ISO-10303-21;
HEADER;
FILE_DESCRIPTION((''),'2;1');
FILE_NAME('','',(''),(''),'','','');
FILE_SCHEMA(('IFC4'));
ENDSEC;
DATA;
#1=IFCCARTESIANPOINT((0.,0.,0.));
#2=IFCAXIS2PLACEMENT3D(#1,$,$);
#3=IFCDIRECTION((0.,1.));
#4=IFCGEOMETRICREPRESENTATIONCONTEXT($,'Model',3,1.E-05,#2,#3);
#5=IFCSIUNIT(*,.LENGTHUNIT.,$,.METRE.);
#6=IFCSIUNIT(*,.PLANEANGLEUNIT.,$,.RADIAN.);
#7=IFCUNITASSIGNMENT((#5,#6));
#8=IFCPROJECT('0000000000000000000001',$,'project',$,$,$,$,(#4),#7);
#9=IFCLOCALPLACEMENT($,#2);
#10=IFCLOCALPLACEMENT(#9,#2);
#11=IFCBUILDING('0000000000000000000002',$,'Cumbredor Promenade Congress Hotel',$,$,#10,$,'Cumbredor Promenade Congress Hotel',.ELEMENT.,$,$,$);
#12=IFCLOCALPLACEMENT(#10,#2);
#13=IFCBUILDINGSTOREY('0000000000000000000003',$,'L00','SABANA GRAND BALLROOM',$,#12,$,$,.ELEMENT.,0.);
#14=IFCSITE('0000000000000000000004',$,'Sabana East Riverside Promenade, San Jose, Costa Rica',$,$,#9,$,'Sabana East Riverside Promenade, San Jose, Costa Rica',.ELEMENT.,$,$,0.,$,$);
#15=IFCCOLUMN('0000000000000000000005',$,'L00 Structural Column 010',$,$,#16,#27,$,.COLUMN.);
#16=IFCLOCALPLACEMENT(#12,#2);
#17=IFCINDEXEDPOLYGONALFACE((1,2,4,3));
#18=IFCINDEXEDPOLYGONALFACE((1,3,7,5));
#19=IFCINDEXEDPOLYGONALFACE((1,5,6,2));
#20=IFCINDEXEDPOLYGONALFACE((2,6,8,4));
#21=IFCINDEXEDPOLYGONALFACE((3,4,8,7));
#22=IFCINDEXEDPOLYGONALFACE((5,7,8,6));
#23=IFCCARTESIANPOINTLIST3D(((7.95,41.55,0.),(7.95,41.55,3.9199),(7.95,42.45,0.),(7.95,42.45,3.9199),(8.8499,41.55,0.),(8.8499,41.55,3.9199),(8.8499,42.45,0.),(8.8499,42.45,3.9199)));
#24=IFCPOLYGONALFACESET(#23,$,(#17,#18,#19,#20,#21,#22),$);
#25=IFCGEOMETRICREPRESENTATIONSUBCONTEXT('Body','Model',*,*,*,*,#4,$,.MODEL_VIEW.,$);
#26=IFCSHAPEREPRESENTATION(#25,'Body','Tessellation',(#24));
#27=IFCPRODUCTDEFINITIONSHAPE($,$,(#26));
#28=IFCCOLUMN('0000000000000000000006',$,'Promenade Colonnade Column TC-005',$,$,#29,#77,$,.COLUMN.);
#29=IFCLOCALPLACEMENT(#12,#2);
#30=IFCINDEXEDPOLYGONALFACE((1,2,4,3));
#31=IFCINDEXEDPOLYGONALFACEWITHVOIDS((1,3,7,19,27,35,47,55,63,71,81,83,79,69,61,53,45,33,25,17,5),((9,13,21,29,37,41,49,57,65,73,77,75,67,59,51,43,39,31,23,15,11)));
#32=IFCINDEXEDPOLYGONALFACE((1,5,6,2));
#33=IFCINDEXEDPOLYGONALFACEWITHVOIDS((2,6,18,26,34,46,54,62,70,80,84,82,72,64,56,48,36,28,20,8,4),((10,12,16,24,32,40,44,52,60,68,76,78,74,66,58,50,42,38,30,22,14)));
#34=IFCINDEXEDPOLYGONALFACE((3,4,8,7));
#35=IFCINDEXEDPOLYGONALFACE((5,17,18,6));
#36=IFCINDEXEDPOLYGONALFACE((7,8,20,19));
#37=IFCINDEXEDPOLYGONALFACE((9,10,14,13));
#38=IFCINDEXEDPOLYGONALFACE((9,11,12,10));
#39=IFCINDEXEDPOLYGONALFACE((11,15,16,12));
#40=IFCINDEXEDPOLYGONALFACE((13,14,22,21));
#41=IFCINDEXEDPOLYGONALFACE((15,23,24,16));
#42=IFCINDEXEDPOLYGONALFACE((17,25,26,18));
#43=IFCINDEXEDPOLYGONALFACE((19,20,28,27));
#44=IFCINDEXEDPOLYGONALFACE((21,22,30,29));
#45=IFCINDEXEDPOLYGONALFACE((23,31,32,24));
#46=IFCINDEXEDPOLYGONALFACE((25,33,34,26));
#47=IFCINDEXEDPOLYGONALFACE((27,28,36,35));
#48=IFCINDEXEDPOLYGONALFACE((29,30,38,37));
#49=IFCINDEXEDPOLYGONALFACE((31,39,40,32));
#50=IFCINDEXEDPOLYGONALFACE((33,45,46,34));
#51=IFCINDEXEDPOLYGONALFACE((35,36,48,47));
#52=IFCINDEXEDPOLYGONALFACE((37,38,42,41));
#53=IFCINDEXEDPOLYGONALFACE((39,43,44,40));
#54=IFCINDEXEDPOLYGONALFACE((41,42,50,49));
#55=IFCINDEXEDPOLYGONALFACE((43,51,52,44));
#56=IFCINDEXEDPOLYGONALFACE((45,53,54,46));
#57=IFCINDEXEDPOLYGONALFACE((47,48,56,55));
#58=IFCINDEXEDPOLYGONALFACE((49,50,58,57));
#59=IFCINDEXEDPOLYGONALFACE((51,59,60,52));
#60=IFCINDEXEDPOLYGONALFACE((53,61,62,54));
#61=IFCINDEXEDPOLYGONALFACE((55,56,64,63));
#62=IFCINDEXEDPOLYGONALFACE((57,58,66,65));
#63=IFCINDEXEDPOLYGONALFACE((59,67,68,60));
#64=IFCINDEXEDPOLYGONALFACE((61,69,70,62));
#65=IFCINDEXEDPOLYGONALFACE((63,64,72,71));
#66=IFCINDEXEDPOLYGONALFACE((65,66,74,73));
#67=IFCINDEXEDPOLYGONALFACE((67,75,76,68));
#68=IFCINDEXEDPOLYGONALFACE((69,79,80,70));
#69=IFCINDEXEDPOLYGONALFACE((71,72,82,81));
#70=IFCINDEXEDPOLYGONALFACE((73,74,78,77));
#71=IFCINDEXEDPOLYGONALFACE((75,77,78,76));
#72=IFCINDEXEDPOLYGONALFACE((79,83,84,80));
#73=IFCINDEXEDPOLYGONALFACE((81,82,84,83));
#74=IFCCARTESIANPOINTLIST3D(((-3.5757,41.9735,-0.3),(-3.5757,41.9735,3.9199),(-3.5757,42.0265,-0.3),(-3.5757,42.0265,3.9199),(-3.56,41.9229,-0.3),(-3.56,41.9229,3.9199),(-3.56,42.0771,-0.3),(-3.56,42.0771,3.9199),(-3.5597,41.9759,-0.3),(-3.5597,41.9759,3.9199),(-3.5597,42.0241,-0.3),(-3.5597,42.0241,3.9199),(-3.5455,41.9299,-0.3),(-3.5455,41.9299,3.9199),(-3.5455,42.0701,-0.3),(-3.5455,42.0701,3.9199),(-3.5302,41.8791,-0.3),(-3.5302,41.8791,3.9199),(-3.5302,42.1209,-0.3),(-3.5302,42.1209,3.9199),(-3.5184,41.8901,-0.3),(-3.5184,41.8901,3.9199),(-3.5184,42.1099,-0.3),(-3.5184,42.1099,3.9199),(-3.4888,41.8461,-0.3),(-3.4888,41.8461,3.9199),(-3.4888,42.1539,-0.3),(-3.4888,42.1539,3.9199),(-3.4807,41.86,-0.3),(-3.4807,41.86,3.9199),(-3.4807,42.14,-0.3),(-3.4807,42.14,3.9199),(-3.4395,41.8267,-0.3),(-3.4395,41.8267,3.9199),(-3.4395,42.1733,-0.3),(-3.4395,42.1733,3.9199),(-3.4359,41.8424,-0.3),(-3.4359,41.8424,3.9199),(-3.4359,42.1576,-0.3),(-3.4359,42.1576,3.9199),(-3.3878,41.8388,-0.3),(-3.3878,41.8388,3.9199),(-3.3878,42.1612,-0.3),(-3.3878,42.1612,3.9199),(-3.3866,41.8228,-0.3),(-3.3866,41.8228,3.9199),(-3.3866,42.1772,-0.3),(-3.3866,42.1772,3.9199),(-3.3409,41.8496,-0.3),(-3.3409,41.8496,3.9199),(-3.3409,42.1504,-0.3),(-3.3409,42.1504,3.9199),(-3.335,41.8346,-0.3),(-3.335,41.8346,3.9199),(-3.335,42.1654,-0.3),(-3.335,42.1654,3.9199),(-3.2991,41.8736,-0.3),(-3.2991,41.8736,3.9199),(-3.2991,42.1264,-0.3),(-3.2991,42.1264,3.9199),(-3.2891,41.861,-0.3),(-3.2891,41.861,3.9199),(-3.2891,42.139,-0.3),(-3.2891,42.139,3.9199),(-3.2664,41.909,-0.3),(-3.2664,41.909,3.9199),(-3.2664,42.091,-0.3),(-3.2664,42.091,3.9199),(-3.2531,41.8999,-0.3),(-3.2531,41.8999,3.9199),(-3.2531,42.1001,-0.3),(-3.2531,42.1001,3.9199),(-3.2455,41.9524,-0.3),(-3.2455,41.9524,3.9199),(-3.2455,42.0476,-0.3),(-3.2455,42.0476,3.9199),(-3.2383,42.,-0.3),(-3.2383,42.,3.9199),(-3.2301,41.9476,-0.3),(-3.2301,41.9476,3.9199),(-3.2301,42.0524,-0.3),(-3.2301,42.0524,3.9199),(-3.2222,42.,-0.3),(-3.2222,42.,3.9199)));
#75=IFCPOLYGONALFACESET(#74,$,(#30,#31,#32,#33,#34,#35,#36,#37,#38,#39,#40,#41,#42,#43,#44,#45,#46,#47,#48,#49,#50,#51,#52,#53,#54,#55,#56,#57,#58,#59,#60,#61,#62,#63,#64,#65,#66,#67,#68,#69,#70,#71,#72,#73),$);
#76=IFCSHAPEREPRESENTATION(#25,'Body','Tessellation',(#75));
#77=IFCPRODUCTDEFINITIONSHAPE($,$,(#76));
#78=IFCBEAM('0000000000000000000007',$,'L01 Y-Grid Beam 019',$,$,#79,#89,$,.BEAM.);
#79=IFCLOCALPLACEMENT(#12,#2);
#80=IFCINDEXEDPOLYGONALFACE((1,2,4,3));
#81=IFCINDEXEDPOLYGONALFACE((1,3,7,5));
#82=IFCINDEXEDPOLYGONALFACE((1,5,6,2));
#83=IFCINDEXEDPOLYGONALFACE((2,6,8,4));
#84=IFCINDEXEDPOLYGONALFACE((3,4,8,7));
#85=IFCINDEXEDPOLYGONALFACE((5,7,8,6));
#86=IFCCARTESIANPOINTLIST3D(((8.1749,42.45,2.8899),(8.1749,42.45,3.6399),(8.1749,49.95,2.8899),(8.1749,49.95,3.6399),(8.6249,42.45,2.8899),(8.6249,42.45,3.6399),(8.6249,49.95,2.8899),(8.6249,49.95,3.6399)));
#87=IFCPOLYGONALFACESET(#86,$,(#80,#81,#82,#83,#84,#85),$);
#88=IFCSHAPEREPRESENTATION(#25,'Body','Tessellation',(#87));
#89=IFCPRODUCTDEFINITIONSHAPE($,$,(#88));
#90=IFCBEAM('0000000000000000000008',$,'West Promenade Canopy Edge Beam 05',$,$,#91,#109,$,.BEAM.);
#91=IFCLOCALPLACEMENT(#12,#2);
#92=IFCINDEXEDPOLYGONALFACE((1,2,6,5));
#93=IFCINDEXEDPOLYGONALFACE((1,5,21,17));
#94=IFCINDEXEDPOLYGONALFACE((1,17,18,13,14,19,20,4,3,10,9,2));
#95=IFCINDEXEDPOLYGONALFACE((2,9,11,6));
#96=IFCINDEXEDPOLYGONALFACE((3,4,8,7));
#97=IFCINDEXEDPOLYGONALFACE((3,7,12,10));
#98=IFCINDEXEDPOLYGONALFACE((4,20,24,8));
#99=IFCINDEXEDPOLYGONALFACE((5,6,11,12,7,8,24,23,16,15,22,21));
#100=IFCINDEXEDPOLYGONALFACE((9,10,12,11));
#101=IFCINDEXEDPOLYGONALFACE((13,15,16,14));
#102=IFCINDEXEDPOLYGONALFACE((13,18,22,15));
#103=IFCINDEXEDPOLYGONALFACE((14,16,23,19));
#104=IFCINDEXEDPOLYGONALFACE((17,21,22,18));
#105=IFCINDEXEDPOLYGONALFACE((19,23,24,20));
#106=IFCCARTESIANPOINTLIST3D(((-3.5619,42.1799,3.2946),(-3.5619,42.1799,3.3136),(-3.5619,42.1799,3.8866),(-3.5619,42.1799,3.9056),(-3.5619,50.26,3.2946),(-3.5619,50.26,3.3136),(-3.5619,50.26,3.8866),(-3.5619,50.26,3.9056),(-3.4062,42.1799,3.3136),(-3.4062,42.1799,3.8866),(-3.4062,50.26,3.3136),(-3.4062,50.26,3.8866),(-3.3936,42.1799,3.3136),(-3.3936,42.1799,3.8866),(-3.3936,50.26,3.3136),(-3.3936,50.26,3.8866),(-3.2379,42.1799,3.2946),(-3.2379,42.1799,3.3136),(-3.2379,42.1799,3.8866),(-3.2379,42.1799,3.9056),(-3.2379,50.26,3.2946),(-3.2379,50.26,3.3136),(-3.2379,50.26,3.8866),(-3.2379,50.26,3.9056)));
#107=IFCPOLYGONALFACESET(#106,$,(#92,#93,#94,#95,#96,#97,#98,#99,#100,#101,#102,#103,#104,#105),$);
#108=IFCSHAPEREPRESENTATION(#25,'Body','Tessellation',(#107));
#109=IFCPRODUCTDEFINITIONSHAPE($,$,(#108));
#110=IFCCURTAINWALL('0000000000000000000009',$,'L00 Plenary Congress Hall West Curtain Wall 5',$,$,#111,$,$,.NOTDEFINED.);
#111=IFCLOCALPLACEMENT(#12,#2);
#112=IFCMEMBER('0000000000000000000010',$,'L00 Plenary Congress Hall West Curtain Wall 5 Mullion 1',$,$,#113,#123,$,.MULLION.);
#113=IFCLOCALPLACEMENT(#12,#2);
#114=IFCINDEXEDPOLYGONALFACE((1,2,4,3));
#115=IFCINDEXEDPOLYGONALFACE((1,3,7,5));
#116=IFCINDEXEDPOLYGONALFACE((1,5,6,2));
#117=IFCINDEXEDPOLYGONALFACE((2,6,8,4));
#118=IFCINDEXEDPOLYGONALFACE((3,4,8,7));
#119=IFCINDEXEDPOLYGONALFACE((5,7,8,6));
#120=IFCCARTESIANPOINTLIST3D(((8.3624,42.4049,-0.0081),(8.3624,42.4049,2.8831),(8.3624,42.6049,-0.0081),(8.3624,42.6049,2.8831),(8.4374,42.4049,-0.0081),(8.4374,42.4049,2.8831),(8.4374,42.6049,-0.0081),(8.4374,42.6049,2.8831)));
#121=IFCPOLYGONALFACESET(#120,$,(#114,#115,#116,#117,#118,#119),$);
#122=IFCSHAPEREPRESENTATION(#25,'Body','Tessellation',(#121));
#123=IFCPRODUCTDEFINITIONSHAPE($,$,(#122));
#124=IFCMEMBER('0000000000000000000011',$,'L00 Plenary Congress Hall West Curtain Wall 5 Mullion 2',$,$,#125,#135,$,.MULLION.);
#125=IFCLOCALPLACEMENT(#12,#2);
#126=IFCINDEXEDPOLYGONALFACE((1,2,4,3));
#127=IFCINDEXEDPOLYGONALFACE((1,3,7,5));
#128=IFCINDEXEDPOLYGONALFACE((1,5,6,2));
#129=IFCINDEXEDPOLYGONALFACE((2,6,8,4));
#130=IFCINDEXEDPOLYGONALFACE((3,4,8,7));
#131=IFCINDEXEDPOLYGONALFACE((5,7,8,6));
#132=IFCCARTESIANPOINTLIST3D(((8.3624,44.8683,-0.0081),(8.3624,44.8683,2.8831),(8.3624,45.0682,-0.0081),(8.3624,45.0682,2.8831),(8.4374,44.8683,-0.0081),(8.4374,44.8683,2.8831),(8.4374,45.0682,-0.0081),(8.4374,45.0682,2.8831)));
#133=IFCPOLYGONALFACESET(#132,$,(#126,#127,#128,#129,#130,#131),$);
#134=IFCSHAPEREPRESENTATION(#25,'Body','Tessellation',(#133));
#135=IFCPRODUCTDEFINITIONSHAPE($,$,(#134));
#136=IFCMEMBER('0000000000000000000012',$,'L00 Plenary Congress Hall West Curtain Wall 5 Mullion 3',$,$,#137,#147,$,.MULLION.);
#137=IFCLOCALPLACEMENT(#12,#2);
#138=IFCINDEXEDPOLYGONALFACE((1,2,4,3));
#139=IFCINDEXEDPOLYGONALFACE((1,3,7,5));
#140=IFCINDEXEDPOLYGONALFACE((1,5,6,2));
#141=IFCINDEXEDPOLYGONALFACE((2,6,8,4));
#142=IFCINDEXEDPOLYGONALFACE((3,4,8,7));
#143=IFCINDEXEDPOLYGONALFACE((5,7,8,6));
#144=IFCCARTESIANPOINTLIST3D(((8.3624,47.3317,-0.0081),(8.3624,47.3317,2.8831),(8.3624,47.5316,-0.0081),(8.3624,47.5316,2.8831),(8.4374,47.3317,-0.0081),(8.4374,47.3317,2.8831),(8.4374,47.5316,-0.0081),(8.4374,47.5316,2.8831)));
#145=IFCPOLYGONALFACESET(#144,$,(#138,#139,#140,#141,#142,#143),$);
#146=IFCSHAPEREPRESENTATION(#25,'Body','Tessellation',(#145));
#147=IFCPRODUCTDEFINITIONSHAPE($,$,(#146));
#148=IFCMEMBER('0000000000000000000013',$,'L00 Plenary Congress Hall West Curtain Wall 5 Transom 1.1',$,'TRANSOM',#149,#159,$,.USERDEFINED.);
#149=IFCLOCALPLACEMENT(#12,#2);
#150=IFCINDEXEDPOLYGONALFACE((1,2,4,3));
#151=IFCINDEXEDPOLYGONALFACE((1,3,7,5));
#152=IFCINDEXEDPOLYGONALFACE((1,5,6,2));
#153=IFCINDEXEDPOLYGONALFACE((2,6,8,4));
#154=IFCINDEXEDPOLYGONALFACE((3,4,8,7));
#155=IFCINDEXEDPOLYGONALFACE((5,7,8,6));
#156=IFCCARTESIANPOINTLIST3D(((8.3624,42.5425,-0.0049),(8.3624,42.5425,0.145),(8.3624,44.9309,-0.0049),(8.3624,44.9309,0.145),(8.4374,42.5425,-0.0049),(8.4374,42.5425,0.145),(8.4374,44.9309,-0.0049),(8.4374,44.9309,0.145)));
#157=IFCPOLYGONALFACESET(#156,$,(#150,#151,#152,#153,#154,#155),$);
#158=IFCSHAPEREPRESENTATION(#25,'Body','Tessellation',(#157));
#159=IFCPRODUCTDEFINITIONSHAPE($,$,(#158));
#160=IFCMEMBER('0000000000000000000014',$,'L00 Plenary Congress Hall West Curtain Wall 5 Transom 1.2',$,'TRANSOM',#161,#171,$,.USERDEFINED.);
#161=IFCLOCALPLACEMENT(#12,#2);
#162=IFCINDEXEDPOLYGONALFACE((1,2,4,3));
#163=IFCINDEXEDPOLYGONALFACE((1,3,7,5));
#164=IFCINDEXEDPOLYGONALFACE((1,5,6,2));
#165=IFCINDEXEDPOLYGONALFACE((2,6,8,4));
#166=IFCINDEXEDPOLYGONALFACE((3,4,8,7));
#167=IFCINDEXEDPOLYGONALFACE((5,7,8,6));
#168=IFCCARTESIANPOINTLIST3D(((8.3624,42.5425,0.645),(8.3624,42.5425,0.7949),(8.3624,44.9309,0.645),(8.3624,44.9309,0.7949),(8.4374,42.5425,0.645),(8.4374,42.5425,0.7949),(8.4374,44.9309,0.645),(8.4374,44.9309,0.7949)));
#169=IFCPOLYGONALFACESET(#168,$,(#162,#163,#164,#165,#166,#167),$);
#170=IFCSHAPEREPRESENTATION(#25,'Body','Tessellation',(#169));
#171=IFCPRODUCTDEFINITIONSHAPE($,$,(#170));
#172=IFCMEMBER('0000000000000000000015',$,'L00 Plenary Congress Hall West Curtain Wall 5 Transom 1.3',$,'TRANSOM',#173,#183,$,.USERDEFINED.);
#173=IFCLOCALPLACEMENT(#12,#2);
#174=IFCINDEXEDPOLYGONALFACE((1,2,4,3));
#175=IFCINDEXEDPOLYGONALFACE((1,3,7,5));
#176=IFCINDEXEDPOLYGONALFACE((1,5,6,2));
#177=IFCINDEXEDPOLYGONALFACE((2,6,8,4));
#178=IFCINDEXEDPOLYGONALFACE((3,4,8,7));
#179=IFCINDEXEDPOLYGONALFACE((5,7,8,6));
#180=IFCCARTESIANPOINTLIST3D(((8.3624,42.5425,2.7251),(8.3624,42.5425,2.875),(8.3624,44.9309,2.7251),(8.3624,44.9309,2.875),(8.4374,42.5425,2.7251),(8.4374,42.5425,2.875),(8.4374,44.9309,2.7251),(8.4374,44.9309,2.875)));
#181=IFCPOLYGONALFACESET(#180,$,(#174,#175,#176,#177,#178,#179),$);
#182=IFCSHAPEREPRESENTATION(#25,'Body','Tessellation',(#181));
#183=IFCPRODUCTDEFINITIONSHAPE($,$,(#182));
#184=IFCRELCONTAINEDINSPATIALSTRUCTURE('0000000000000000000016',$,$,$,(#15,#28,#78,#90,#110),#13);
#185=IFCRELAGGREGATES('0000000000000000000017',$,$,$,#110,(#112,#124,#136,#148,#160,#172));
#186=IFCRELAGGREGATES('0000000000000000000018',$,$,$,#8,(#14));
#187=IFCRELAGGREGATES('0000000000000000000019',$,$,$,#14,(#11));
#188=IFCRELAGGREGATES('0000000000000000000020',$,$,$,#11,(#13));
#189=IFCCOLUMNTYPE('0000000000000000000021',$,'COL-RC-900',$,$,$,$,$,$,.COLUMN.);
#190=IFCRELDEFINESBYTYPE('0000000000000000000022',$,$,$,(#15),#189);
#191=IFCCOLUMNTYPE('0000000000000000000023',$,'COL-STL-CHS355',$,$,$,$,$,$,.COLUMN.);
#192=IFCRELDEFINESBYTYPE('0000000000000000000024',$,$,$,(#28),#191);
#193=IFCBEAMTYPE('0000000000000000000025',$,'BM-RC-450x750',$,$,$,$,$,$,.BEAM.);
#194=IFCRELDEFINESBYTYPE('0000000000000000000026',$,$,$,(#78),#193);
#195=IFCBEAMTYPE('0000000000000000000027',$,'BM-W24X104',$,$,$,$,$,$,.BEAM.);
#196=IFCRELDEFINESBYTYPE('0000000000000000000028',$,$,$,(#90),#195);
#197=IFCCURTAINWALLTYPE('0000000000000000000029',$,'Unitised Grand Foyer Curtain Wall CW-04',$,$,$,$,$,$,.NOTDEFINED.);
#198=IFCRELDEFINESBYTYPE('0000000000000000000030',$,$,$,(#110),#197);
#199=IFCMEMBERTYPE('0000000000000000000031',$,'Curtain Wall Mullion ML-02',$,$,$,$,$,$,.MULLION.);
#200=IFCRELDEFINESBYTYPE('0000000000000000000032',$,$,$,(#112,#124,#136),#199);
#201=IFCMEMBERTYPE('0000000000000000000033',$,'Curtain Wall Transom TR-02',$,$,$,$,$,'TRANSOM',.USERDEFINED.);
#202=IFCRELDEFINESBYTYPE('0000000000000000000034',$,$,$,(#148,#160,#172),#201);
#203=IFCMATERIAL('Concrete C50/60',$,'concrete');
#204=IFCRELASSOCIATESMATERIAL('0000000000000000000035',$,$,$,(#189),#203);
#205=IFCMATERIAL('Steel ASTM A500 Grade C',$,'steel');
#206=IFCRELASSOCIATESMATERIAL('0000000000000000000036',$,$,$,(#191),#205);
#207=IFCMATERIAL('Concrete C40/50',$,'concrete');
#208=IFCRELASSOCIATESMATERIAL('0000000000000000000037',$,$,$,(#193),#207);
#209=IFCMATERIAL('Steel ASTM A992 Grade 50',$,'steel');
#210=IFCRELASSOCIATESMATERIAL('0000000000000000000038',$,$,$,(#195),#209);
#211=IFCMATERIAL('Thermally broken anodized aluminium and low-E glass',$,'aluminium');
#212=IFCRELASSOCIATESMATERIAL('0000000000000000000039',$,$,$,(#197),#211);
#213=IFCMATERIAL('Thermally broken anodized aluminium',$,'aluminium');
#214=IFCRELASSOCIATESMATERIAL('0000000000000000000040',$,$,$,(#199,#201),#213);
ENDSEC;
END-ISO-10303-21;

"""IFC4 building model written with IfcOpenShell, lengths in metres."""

from ifc_helpers import new_model, si_unit, direction, frame, origin, origin_2d, place, context, subcontext, project, spatial, rectangle, hollow_circle, i_section, extrude, material, material_profile, profile_set, type_object, element, aggregate, save


model = new_model("IFC4")

# Units and contexts
model_context = context("Model", 3, precision=1e-05, world=origin(), true_north=direction((0.0, 1.0)))
body_context = subcontext(model_context, "Body", "Model", "MODEL_VIEW")
ifc_project = project(units=[si_unit("LENGTHUNIT", "METRE"), si_unit("PLANEANGLEUNIT", "RADIAN")], contexts=[model_context])

# Site, building, storey
site_placement = place(None, origin())
site = spatial("IfcSite", under=ifc_project, at=site_placement, Name="Sabana East Riverside Promenade, San Jose, Costa Rica", LongName="Sabana East Riverside Promenade, San Jose, Costa Rica", CompositionType="ELEMENT", RefElevation=0.0)
building_placement = place(site_placement, origin())
building = spatial("IfcBuilding", under=site, at=building_placement, Name="Cumbredor Promenade Congress Hotel", LongName="Cumbredor Promenade Congress Hotel", CompositionType="ELEMENT")
storey_placement = place(building_placement, origin())
storey = spatial("IfcBuildingStorey", under=building, at=storey_placement, Name="L00", Description="SABANA GRAND BALLROOM", CompositionType="ELEMENT", Elevation=0.0)

# Columns
ifc_material_1 = material(Name="Concrete C50/60", Category="concrete")
ifc_material_profile_1 = material_profile(ifc_material_1, rectangle(XDim=0.8999, YDim=0.8999, at=origin_2d()), Name="RC 900x900")
ifc_profile_set_1 = profile_set([ifc_material_profile_1], Name="Concrete C50/60")
column_type_1 = type_object("IfcColumnType", Name="COL-RC-900", PredefinedType="COLUMN", material=ifc_profile_set_1)
column_1_placement = place(storey_placement, frame((8.3999, 42.0, 0.0), z_axis=(0.0, 0.0, 1.0), x_axis=(1.0, 0.0, 0.0)))
element("IfcColumn", 1, at=column_1_placement, inside=storey, type_object=column_type_1, Name="L00 Structural Column 010", PredefinedType="COLUMN", context=body_context, shape_type="SweptSolid", body=[
    extrude(rectangle(XDim=0.8999, YDim=0.8999, at=origin_2d()), origin(), (0.0, 0.0, 1.0), 3.9199),
])
ifc_material_2 = material(Name="Steel ASTM A500 Grade C", Category="steel")
ifc_material_profile_2 = material_profile(ifc_material_2, hollow_circle(Radius=0.1777, WallThickness=0.0161, at=origin_2d()), Name="CHS 355.6x16")
ifc_profile_set_2 = profile_set([ifc_material_profile_2], Name="Steel ASTM A500 Grade C")
column_type_2 = type_object("IfcColumnType", Name="COL-STL-CHS355", PredefinedType="COLUMN", material=ifc_profile_set_2)
column_2_placement = place(storey_placement, frame((-3.3999, 42.0, -0.3), z_axis=(0.0, 0.0, 1.0), x_axis=(1.0, 0.0, 0.0)))
element("IfcColumn", 2, at=column_2_placement, inside=storey, type_object=column_type_2, Name="Promenade Colonnade Column TC-005", PredefinedType="COLUMN", context=body_context, shape_type="SweptSolid", body=[
    extrude(hollow_circle(Radius=0.1777, WallThickness=0.0161, at=origin_2d()), origin(), (0.0, 0.0, 1.0), 4.22),
])

# Beams
ifc_material_3 = material(Name="Concrete C40/50", Category="concrete")
ifc_material_profile_3 = material_profile(ifc_material_3, rectangle(XDim=0.45, YDim=0.75, at=origin_2d()), Name="RC BEAM 450x750")
ifc_profile_set_3 = profile_set([ifc_material_profile_3], Name="Concrete C40/50")
beam_type_1 = type_object("IfcBeamType", Name="BM-RC-450x750", PredefinedType="BEAM", material=ifc_profile_set_3)
beam_1_placement = place(storey_placement, frame((8.3999, 42.45, 3.2649), z_axis=(0.0, 1.0, 0.0), x_axis=(-1.0, 0.0, 0.0)))
element("IfcBeam", 3, at=beam_1_placement, inside=storey, type_object=beam_type_1, Name="L01 Y-Grid Beam 019", PredefinedType="BEAM", context=body_context, shape_type="SweptSolid", body=[
    extrude(rectangle(XDim=0.45, YDim=0.75, at=origin_2d()), origin(), (0.0, 0.0, 1.0), 7.5),
])
ifc_material_4 = material(Name="Steel ASTM A992 Grade 50", Category="steel")
ifc_material_profile_4 = material_profile(ifc_material_4, i_section(OverallWidth=0.324, OverallDepth=0.6111, WebThickness=0.0127, FlangeThickness=0.019, at=origin_2d()), Name="W24X104")
ifc_profile_set_4 = profile_set([ifc_material_profile_4], Name="Steel ASTM A992 Grade 50")
beam_type_2 = type_object("IfcBeamType", Name="BM-W24X104", PredefinedType="BEAM", material=ifc_profile_set_4)
beam_2_placement = place(storey_placement, frame((-3.3999, 42.1799, 3.6001), z_axis=(0.0, 1.0, 0.0), x_axis=(-1.0, 0.0, 0.0)))
element("IfcBeam", 4, at=beam_2_placement, inside=storey, type_object=beam_type_2, Name="West Promenade Canopy Edge Beam 05", PredefinedType="BEAM", context=body_context, shape_type="SweptSolid", body=[
    extrude(i_section(OverallWidth=0.324, OverallDepth=0.6111, WebThickness=0.0127, FlangeThickness=0.019, at=origin_2d()), origin(), (0.0, 0.0, 1.0), 8.0801),
])

# Curtain wall, members
ifc_material_5 = material(Name="Thermally broken anodized aluminium and low-E glass", Category="aluminium")
curtain_wall_type = type_object("IfcCurtainWallType", Name="Unitised Grand Foyer Curtain Wall CW-04", PredefinedType="NOTDEFINED", material=ifc_material_5)
curtain_wall_placement = place(storey_placement, origin())
curtain_wall = element("IfcCurtainWall", 5, at=curtain_wall_placement, inside=storey, type_object=curtain_wall_type, Name="L00 Plenary Congress Hall West Curtain Wall 5", PredefinedType="NOTDEFINED")
ifc_material_6 = material(Name="Thermally broken anodized aluminium", Category="aluminium")
ifc_material_profile_5 = material_profile(ifc_material_6, rectangle(XDim=0.075, YDim=0.2, at=origin_2d()), Name="ALU MULLION 75x200")
ifc_profile_set_5 = profile_set([ifc_material_profile_5], Name="Thermally broken anodized aluminium")
member_type_1 = type_object("IfcMemberType", Name="Curtain Wall Mullion ML-02", PredefinedType="MULLION", material=ifc_profile_set_5)
member_1_placement = place(storey_placement, frame((8.3999, 42.5049, -0.0081), z_axis=(0.0, 0.0, 1.0), x_axis=(1.0, 0.0, 0.0)))
member_1 = element("IfcMember", 6, at=member_1_placement, type_object=member_type_1, Name="L00 Plenary Congress Hall West Curtain Wall 5 Mullion 1", PredefinedType="MULLION", context=body_context, shape_type="SweptSolid", body=[
    extrude(rectangle(XDim=0.075, YDim=0.2, at=origin_2d()), origin(), (0.0, 0.0, 1.0), 2.8911),
])
member_2_placement = place(storey_placement, frame((8.3999, 44.9683, -0.0081), z_axis=(0.0, 0.0, 1.0), x_axis=(1.0, 0.0, 0.0)))
member_2 = element("IfcMember", 7, at=member_2_placement, type_object=member_type_1, Name="L00 Plenary Congress Hall West Curtain Wall 5 Mullion 2", PredefinedType="MULLION", context=body_context, shape_type="SweptSolid", body=[
    extrude(rectangle(XDim=0.075, YDim=0.2, at=origin_2d()), origin(), (0.0, 0.0, 1.0), 2.8911),
])
member_3_placement = place(storey_placement, frame((8.3999, 47.4316, -0.0081), z_axis=(0.0, 0.0, 1.0), x_axis=(1.0, 0.0, 0.0)))
member_3 = element("IfcMember", 8, at=member_3_placement, type_object=member_type_1, Name="L00 Plenary Congress Hall West Curtain Wall 5 Mullion 3", PredefinedType="MULLION", context=body_context, shape_type="SweptSolid", body=[
    extrude(rectangle(XDim=0.075, YDim=0.2, at=origin_2d()), origin(), (0.0, 0.0, 1.0), 2.8911),
])
ifc_material_profile_6 = material_profile(ifc_material_6, rectangle(XDim=0.075, YDim=0.1499, at=origin_2d()), Name="ALU TRANSOM 75x150")
ifc_profile_set_6 = profile_set([ifc_material_profile_6], Name="Thermally broken anodized aluminium")
member_type_2 = type_object("IfcMemberType", Name="Curtain Wall Transom TR-02", ElementType="TRANSOM", PredefinedType="USERDEFINED", material=ifc_profile_set_6)
member_4_placement = place(storey_placement, frame((8.3999, 42.5425, 0.0701), z_axis=(0.0, 1.0, 0.0), x_axis=(-1.0, 0.0, 0.0)))
member_4 = element("IfcMember", 9, at=member_4_placement, type_object=member_type_2, Name="L00 Plenary Congress Hall West Curtain Wall 5 Transom 1.1", ObjectType="TRANSOM", PredefinedType="USERDEFINED", context=body_context, shape_type="SweptSolid", body=[
    extrude(rectangle(XDim=0.075, YDim=0.1499, at=origin_2d()), origin(), (0.0, 0.0, 1.0), 2.3884),
])
member_5_placement = place(storey_placement, frame((8.3999, 42.5425, 0.72), z_axis=(0.0, 1.0, 0.0), x_axis=(-1.0, 0.0, 0.0)))
member_5 = element("IfcMember", 10, at=member_5_placement, type_object=member_type_2, Name="L00 Plenary Congress Hall West Curtain Wall 5 Transom 1.2", ObjectType="TRANSOM", PredefinedType="USERDEFINED", context=body_context, shape_type="SweptSolid", body=[
    extrude(rectangle(XDim=0.075, YDim=0.1499, at=origin_2d()), origin(), (0.0, 0.0, 1.0), 2.3884),
])
member_6_placement = place(storey_placement, frame((8.3999, 42.5425, 2.8), z_axis=(0.0, 1.0, 0.0), x_axis=(-1.0, 0.0, 0.0)))
member_6 = element("IfcMember", 11, at=member_6_placement, type_object=member_type_2, Name="L00 Plenary Congress Hall West Curtain Wall 5 Transom 1.3", ObjectType="TRANSOM", PredefinedType="USERDEFINED", context=body_context, shape_type="SweptSolid", body=[
    extrude(rectangle(XDim=0.075, YDim=0.1499, at=origin_2d()), origin(), (0.0, 0.0, 1.0), 2.3884),
])

aggregate(curtain_wall, [member_1, member_2, member_3, member_4, member_5, member_6])

save(model, "model.ifc")
